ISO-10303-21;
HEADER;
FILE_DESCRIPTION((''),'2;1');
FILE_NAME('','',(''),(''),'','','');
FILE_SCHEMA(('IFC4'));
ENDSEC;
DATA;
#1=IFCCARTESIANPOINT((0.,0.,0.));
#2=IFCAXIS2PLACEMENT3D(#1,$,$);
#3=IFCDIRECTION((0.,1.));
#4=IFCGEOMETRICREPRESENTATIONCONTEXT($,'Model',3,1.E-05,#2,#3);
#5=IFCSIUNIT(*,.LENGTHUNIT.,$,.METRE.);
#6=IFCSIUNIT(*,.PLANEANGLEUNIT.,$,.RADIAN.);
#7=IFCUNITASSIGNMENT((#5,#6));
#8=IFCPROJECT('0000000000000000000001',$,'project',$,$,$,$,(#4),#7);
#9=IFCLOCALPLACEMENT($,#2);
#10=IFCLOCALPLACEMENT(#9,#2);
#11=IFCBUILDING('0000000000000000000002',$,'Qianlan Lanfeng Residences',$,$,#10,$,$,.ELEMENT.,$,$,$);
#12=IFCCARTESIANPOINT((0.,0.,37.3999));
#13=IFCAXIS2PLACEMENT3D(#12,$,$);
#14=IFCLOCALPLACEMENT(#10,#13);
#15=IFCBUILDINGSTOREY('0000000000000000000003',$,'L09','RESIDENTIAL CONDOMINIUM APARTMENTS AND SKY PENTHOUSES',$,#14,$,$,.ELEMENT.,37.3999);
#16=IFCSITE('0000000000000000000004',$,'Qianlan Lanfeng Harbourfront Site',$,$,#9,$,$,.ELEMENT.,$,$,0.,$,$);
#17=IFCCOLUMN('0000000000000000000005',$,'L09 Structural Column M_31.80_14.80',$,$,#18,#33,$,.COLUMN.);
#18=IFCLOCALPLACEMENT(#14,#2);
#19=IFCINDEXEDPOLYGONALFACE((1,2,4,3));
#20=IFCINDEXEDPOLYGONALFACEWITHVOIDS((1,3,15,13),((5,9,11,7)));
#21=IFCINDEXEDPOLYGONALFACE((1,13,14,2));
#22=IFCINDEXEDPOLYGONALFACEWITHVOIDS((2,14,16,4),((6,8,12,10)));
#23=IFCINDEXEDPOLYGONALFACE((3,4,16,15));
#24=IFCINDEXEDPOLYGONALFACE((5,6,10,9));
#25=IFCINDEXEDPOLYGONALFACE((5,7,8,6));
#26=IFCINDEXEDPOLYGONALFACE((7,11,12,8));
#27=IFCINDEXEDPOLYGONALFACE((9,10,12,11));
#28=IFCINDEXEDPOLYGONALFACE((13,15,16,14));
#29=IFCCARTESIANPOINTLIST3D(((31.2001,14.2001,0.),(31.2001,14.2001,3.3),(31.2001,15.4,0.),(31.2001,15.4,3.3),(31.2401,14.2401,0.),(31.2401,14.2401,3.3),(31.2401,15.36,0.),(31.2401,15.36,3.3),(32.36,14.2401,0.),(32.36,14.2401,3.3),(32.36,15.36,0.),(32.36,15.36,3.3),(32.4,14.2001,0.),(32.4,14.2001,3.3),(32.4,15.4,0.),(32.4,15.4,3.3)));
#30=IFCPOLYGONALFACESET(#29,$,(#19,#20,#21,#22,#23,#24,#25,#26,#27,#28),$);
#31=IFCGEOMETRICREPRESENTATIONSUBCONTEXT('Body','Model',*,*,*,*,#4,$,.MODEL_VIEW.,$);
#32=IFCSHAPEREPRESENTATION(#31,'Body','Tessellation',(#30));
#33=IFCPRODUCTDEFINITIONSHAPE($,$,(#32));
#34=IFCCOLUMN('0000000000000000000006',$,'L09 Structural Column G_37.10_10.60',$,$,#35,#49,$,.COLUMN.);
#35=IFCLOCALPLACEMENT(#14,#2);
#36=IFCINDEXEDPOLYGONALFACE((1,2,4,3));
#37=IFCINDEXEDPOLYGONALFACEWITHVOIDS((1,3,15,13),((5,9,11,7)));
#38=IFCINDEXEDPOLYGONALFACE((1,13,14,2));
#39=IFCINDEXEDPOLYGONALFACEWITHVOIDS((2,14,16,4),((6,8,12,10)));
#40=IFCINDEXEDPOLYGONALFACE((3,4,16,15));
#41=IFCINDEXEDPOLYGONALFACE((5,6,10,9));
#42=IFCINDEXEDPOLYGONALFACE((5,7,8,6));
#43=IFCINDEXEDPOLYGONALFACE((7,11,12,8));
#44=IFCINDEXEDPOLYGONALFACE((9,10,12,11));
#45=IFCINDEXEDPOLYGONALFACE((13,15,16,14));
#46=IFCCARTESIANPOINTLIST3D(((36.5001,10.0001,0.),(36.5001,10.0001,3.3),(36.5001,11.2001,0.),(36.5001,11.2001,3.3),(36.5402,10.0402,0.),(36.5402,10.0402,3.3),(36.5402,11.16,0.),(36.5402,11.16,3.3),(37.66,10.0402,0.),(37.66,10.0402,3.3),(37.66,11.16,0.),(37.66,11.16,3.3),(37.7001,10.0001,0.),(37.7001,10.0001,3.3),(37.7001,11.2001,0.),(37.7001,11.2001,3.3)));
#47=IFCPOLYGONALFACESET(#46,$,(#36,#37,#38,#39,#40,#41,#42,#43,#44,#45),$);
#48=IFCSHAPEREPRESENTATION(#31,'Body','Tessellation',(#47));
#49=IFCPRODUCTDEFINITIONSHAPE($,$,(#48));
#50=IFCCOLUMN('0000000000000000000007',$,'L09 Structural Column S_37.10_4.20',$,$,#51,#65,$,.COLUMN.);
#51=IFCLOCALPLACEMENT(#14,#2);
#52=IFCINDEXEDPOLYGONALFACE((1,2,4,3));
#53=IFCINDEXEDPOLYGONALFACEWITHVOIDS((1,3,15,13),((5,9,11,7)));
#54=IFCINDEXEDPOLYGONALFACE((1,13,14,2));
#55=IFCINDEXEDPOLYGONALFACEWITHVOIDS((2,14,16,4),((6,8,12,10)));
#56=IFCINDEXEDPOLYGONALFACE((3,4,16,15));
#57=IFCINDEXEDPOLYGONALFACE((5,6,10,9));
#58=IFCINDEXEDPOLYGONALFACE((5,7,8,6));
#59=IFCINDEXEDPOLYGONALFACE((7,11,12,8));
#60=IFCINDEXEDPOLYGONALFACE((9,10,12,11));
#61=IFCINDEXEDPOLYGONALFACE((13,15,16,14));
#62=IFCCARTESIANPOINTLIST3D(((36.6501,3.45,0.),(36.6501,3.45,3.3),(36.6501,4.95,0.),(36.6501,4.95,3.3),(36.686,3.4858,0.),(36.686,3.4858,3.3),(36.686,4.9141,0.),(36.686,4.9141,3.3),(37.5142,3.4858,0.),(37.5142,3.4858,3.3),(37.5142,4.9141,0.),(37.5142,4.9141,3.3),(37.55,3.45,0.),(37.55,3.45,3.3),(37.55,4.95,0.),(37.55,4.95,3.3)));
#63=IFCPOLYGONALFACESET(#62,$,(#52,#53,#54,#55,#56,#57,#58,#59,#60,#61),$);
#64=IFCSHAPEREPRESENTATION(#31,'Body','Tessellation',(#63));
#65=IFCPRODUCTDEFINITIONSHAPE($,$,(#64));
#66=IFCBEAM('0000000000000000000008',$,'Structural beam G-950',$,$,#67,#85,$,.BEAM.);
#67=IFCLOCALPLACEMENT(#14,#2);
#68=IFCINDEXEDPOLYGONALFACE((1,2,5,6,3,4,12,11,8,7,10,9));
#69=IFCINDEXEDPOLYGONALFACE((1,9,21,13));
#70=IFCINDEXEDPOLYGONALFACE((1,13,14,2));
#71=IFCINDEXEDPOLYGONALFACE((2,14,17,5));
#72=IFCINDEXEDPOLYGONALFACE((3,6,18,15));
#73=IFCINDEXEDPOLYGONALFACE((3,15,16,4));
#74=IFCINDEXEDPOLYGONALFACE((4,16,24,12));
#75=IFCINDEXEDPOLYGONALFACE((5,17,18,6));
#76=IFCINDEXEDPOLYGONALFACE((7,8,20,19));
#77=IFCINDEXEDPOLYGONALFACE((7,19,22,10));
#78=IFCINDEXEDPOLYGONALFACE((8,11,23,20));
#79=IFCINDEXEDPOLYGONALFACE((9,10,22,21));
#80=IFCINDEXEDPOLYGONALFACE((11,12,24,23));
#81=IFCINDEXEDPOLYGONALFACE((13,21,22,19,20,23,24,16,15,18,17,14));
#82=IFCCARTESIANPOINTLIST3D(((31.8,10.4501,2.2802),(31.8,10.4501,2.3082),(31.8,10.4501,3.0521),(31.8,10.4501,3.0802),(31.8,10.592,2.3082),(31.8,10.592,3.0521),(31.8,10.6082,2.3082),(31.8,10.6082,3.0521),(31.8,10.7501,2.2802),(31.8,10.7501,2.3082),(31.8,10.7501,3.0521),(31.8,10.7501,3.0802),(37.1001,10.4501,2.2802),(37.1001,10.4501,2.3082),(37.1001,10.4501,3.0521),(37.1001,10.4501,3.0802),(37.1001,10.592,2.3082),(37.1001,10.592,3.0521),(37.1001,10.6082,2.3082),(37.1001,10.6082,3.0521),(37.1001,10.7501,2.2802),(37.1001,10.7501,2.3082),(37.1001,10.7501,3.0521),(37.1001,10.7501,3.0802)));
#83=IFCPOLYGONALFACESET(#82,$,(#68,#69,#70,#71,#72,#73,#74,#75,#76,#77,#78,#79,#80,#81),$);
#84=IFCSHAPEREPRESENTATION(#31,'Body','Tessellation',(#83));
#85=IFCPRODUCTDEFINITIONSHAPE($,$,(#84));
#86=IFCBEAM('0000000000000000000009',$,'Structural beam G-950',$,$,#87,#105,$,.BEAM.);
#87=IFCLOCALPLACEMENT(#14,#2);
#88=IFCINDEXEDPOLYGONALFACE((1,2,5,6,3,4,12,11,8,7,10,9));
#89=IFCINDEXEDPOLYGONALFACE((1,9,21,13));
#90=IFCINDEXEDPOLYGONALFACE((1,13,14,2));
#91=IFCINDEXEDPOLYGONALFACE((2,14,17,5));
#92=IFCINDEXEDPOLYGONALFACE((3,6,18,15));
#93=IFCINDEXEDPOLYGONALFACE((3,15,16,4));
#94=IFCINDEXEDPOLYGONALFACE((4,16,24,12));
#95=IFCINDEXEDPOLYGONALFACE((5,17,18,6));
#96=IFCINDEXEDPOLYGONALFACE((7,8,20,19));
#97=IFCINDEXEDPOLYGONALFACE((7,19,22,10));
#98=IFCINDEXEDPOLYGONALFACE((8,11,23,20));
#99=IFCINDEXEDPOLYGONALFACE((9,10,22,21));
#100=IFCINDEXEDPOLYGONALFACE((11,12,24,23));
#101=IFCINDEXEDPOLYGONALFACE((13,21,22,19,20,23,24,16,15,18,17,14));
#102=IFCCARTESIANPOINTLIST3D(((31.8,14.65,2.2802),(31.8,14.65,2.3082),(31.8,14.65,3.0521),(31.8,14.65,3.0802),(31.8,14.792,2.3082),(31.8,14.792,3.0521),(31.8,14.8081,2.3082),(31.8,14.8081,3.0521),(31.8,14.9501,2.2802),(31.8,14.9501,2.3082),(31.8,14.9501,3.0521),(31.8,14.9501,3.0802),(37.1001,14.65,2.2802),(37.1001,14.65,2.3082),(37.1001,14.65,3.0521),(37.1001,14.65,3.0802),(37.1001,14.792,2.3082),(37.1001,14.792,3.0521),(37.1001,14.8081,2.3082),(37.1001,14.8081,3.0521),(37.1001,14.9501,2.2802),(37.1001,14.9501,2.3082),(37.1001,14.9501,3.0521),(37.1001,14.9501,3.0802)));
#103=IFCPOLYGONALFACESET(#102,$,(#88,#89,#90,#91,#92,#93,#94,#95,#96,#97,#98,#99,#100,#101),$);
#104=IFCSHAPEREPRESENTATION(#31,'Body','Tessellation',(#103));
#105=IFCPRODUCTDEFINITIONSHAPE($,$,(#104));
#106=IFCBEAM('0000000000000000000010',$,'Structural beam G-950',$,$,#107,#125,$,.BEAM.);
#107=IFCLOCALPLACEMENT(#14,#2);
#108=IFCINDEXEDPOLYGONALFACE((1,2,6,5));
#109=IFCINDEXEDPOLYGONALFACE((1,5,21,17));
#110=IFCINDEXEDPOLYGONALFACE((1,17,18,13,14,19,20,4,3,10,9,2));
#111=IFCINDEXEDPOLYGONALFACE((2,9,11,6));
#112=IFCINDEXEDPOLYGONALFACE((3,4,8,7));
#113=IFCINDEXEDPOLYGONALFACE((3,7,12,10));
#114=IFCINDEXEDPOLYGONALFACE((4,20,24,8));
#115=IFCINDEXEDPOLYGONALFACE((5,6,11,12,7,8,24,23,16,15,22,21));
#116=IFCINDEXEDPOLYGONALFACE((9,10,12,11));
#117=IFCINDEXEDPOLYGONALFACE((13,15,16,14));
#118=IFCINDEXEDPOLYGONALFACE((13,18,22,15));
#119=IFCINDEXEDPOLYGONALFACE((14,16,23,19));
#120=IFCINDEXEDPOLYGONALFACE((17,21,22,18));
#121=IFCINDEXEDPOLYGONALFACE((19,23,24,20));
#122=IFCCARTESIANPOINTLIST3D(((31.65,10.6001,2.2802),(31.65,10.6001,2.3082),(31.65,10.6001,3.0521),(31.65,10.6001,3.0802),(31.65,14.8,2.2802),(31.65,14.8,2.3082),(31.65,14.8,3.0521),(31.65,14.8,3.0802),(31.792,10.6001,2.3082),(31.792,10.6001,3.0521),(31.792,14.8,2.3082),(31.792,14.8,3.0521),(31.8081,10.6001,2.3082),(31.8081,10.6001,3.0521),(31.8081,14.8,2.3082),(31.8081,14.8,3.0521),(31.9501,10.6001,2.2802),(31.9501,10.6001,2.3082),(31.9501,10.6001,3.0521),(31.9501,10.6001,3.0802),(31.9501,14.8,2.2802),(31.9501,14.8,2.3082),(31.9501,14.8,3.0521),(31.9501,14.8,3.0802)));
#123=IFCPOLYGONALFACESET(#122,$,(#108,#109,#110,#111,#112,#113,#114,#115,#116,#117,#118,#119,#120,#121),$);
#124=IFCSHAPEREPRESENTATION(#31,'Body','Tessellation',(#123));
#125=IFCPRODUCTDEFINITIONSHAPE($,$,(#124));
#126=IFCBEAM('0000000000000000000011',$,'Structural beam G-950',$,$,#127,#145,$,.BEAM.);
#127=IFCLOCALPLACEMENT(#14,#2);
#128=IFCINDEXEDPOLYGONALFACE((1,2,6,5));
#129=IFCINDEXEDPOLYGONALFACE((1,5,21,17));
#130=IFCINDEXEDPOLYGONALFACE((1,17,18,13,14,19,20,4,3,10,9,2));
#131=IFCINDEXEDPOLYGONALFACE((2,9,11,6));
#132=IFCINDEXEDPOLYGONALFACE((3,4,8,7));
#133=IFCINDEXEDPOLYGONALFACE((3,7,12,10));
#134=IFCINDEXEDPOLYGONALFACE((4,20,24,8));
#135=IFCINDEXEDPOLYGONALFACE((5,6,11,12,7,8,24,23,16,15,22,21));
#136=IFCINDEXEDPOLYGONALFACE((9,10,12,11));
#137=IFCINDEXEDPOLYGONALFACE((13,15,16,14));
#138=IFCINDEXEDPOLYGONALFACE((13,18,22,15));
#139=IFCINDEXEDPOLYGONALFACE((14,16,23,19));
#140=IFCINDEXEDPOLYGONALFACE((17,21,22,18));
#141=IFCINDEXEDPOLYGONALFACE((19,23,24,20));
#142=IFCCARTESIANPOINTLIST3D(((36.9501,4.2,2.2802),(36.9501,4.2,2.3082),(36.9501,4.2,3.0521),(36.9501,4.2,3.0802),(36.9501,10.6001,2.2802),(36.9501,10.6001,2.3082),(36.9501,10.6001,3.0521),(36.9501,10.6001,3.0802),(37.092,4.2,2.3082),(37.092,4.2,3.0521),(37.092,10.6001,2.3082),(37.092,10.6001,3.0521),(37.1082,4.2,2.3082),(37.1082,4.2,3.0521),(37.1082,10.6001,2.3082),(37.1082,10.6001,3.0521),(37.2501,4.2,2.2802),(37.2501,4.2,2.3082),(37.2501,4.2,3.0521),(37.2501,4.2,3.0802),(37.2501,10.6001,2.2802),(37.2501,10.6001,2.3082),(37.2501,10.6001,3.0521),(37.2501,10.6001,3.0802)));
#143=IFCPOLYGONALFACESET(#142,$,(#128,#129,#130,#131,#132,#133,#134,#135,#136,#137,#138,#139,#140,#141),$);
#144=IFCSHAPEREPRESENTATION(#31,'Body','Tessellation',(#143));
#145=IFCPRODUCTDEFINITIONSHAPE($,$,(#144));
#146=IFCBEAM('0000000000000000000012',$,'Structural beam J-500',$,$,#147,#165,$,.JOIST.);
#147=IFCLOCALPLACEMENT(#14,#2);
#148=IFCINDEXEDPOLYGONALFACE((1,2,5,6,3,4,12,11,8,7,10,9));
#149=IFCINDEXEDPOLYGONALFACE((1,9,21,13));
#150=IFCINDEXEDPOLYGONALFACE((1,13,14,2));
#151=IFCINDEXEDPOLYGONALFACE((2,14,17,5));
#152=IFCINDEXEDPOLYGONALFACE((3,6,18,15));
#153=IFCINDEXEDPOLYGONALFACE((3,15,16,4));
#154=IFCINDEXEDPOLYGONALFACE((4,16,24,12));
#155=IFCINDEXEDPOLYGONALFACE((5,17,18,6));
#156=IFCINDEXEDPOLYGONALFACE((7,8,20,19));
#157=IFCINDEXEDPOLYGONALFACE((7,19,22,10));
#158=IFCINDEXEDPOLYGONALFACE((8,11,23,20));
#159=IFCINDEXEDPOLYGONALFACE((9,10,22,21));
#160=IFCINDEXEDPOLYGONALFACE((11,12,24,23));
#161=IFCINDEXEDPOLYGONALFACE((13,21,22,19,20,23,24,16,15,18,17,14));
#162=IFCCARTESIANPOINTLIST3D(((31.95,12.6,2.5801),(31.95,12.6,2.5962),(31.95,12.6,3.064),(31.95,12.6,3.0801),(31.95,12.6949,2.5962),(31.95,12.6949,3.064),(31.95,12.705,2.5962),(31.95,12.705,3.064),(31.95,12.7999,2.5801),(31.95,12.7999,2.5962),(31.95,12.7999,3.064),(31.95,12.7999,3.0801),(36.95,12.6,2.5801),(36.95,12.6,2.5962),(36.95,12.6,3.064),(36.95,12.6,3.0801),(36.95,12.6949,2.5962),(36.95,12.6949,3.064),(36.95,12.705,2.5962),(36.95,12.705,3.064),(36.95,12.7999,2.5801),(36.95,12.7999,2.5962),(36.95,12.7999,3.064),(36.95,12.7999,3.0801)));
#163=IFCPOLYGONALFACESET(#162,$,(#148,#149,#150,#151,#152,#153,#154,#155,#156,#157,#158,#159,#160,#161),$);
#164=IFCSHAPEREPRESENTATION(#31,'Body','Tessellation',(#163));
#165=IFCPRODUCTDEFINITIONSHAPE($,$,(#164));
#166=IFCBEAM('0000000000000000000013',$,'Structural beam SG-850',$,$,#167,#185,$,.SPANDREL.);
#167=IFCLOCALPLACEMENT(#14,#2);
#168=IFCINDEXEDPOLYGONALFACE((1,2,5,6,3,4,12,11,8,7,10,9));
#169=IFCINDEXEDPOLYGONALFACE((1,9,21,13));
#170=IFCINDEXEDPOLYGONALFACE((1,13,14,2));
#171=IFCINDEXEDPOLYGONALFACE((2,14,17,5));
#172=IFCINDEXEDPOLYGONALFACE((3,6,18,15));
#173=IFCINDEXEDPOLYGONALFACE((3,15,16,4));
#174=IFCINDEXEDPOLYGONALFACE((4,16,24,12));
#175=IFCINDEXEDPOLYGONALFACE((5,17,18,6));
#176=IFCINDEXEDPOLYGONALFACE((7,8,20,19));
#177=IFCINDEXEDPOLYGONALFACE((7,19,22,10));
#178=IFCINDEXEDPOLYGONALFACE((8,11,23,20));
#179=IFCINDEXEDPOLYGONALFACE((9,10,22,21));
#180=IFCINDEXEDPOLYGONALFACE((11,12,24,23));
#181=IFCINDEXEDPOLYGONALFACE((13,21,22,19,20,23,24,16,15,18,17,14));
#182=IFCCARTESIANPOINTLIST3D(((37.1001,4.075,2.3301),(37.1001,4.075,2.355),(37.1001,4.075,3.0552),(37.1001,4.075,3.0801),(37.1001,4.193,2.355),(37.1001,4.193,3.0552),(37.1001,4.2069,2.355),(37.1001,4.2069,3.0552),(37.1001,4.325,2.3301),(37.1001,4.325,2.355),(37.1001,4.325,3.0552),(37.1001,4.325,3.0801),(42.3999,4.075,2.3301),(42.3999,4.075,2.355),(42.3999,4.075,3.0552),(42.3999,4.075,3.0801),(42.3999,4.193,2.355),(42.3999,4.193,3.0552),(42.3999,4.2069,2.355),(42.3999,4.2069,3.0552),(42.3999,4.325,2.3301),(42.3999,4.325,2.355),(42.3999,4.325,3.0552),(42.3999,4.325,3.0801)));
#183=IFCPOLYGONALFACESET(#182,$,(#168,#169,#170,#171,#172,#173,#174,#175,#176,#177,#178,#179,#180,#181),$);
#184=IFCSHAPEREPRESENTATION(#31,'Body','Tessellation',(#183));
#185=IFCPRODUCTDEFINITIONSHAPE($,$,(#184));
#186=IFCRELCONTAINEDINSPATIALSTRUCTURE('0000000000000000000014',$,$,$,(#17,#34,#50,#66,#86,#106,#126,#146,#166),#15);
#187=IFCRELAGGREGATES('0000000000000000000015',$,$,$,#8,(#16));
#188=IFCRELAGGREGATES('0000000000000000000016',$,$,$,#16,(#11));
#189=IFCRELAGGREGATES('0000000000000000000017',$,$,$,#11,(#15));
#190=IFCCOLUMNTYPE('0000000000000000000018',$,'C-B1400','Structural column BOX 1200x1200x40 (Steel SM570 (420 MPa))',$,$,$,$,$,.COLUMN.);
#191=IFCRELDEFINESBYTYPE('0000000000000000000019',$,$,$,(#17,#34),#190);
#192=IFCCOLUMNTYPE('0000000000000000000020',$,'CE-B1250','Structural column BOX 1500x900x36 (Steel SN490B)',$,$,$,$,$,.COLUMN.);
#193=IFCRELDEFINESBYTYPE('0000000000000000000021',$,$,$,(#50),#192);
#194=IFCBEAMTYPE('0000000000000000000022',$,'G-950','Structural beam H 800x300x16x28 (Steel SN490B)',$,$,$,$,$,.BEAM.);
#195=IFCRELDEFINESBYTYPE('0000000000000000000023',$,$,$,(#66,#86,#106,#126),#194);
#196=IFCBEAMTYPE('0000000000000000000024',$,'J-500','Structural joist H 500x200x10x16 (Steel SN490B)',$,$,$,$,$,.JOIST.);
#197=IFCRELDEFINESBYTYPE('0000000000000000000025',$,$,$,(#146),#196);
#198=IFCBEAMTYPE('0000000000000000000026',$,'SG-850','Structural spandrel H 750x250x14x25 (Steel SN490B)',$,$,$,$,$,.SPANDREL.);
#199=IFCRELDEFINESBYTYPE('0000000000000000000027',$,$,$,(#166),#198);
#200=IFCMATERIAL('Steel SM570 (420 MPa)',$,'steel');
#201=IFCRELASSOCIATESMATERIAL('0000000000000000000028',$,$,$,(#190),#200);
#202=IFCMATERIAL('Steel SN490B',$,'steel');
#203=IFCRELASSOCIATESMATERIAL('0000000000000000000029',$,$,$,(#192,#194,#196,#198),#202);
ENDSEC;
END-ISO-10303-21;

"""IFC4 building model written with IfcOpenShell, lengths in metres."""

from ifc_helpers import new_model, si_unit, direction, frame, origin, origin_2d, place, context, subcontext, project, spatial, hollow_rectangle, i_section, extrude, material, material_profile, profile_set, type_object, element, save


model = new_model("IFC4")

# Units and contexts
model_context = context("Model", 3, precision=1e-05, world=origin(), true_north=direction((0.0, 1.0)))
body_context = subcontext(model_context, "Body", "Model", "MODEL_VIEW")
ifc_project = project(units=[si_unit("LENGTHUNIT", "METRE"), si_unit("PLANEANGLEUNIT", "RADIAN")], contexts=[model_context])

# Site, building, storey
site_placement = place(None, origin())
site = spatial("IfcSite", under=ifc_project, at=site_placement, Name="Qianlan Lanfeng Harbourfront Site", CompositionType="ELEMENT", RefElevation=0.0)
building_placement = place(site_placement, origin())
building = spatial("IfcBuilding", under=site, at=building_placement, Name="Qianlan Lanfeng Residences", CompositionType="ELEMENT")
storey_placement = place(building_placement, frame((0.0, 0.0, 37.3999)))
storey = spatial("IfcBuildingStorey", under=building, at=storey_placement, Name="L09", Description="RESIDENTIAL CONDOMINIUM APARTMENTS AND SKY PENTHOUSES", CompositionType="ELEMENT", Elevation=37.3999)

# Columns
ifc_material_1 = material(Name="Steel SM570 (420 MPa)", Category="steel")
ifc_material_profile_1 = material_profile(ifc_material_1, hollow_rectangle(XDim=1.2, YDim=1.2, WallThickness=0.04, at=origin_2d()), Name="BOX 1200x1200x40")
ifc_profile_set_1 = profile_set([ifc_material_profile_1], Name="Steel SM570 (420 MPa)")
column_type_1 = type_object("IfcColumnType", Name="C-B1400", Description="Structural column BOX 1200x1200x40 (Steel SM570 (420 MPa))", PredefinedType="COLUMN", material=ifc_profile_set_1)
for number, where, z_axis, x_axis, name in (
    (1, (31.8, 14.8, 0.0), (0.0, 0.0, 1.0), (1.0, 0.0, 0.0), "L09 Structural Column M_31.80_14.80"),
    (2, (37.1001, 10.6001, 0.0), (0.0, 0.0, 1.0), (1.0, 0.0, 0.0), "L09 Structural Column G_37.10_10.60"),
):
    element("IfcColumn", number, at=place(storey_placement, frame(where, z_axis=z_axis, x_axis=x_axis)), inside=storey, type_object=column_type_1, Name=name, PredefinedType="COLUMN", context=body_context, shape_type="SweptSolid", body=[
        extrude(hollow_rectangle(XDim=1.2, YDim=1.2, WallThickness=0.04, at=origin_2d()), origin(), (0.0, 0.0, 1.0), 3.3),
    ])
ifc_material_2 = material(Name="Steel SN490B", Category="steel")
ifc_material_profile_2 = material_profile(ifc_material_2, hollow_rectangle(XDim=0.8999, YDim=1.5, WallThickness=0.0359, at=origin_2d()), Name="BOX 1500x900x36")
ifc_profile_set_2 = profile_set([ifc_material_profile_2], Name="Steel SN490B")
column_type_2 = type_object("IfcColumnType", Name="CE-B1250", Description="Structural column BOX 1500x900x36 (Steel SN490B)", PredefinedType="COLUMN", material=ifc_profile_set_2)
column_placement = place(storey_placement, frame((37.1001, 4.2, 0.0), z_axis=(0.0, 0.0, 1.0), x_axis=(1.0, 0.0, 0.0)))
element("IfcColumn", 3, at=column_placement, inside=storey, type_object=column_type_2, Name="L09 Structural Column S_37.10_4.20", PredefinedType="COLUMN", context=body_context, shape_type="SweptSolid", body=[
    extrude(hollow_rectangle(XDim=0.8999, YDim=1.5, WallThickness=0.0359, at=origin_2d()), origin(), (0.0, 0.0, 1.0), 3.3),
])

# Beams
ifc_material_profile_3 = material_profile(ifc_material_2, i_section(OverallWidth=0.3, OverallDepth=0.8, WebThickness=0.0161, FlangeThickness=0.0281, at=origin_2d()), Name="H 800x300x16x28")
ifc_profile_set_3 = profile_set([ifc_material_profile_3], Name="Steel SN490B")
beam_type_1 = type_object("IfcBeamType", Name="G-950", Description="Structural beam H 800x300x16x28 (Steel SN490B)", PredefinedType="BEAM", material=ifc_profile_set_3)
for number, where, z_axis, x_axis, name in (
    (4, (31.8, 10.6001, 2.6802), (1.0, 0.0, 0.0), (0.0, 1.0, 0.0), "Structural beam G-950"),
    (5, (31.8, 14.8, 2.6802), (1.0, 0.0, 0.0), (0.0, 1.0, 0.0), "Structural beam G-950"),
):
    element("IfcBeam", number, at=place(storey_placement, frame(where, z_axis=z_axis, x_axis=x_axis)), inside=storey, type_object=beam_type_1, Name=name, PredefinedType="BEAM", context=body_context, shape_type="SweptSolid", body=[
        extrude(i_section(OverallWidth=0.3, OverallDepth=0.8, WebThickness=0.0161, FlangeThickness=0.0281, at=origin_2d()), origin(), (0.0, 0.0, 1.0), 5.3),
    ])
beam_1_placement = place(storey_placement, frame((31.8, 10.6001, 2.6802), z_axis=(0.0, 1.0, 0.0), x_axis=(-1.0, 0.0, 0.0)))
element("IfcBeam", 6, at=beam_1_placement, inside=storey, type_object=beam_type_1, Name="Structural beam G-950", PredefinedType="BEAM", context=body_context, shape_type="SweptSolid", body=[
    extrude(i_section(OverallWidth=0.3, OverallDepth=0.8, WebThickness=0.0161, FlangeThickness=0.0281, at=origin_2d()), origin(), (0.0, 0.0, 1.0), 4.2),
])
beam_2_placement = place(storey_placement, frame((37.1001, 4.2, 2.6802), z_axis=(0.0, 1.0, 0.0), x_axis=(-1.0, 0.0, 0.0)))
element("IfcBeam", 7, at=beam_2_placement, inside=storey, type_object=beam_type_1, Name="Structural beam G-950", PredefinedType="BEAM", context=body_context, shape_type="SweptSolid", body=[
    extrude(i_section(OverallWidth=0.3, OverallDepth=0.8, WebThickness=0.0161, FlangeThickness=0.0281, at=origin_2d()), origin(), (0.0, 0.0, 1.0), 6.4001),
])
ifc_material_profile_4 = material_profile(ifc_material_2, i_section(OverallWidth=0.2, OverallDepth=0.5, WebThickness=0.01, FlangeThickness=0.0161, at=origin_2d()), Name="H 500x200x10x16")
ifc_profile_set_4 = profile_set([ifc_material_profile_4], Name="Steel SN490B")
beam_type_2 = type_object("IfcBeamType", Name="J-500", Description="Structural joist H 500x200x10x16 (Steel SN490B)", PredefinedType="JOIST", material=ifc_profile_set_4)
beam_3_placement = place(storey_placement, frame((31.95, 12.7, 2.8301), z_axis=(1.0, 0.0, 0.0), x_axis=(0.0, 1.0, 0.0)))
element("IfcBeam", 8, at=beam_3_placement, inside=storey, type_object=beam_type_2, Name="Structural beam J-500", PredefinedType="JOIST", context=body_context, shape_type="SweptSolid", body=[
    extrude(i_section(OverallWidth=0.2, OverallDepth=0.5, WebThickness=0.01, FlangeThickness=0.0161, at=origin_2d()), origin(), (0.0, 0.0, 1.0), 5.0),
])
ifc_material_profile_5 = material_profile(ifc_material_2, i_section(OverallWidth=0.25, OverallDepth=0.75, WebThickness=0.0139, FlangeThickness=0.0249, at=origin_2d()), Name="H 750x250x14x25")
ifc_profile_set_5 = profile_set([ifc_material_profile_5], Name="Steel SN490B")
beam_type_3 = type_object("IfcBeamType", Name="SG-850", Description="Structural spandrel H 750x250x14x25 (Steel SN490B)", PredefinedType="SPANDREL", material=ifc_profile_set_5)
beam_4_placement = place(storey_placement, frame((37.1001, 4.2, 2.7051), z_axis=(1.0, 0.0, 0.0), x_axis=(0.0, 1.0, 0.0)))
element("IfcBeam", 9, at=beam_4_placement, inside=storey, type_object=beam_type_3, Name="Structural beam SG-850", PredefinedType="SPANDREL", context=body_context, shape_type="SweptSolid", body=[
    extrude(i_section(OverallWidth=0.25, OverallDepth=0.75, WebThickness=0.0139, FlangeThickness=0.0249, at=origin_2d()), origin(), (0.0, 0.0, 1.0), 5.2998),
])

save(model, "model.ifc")
